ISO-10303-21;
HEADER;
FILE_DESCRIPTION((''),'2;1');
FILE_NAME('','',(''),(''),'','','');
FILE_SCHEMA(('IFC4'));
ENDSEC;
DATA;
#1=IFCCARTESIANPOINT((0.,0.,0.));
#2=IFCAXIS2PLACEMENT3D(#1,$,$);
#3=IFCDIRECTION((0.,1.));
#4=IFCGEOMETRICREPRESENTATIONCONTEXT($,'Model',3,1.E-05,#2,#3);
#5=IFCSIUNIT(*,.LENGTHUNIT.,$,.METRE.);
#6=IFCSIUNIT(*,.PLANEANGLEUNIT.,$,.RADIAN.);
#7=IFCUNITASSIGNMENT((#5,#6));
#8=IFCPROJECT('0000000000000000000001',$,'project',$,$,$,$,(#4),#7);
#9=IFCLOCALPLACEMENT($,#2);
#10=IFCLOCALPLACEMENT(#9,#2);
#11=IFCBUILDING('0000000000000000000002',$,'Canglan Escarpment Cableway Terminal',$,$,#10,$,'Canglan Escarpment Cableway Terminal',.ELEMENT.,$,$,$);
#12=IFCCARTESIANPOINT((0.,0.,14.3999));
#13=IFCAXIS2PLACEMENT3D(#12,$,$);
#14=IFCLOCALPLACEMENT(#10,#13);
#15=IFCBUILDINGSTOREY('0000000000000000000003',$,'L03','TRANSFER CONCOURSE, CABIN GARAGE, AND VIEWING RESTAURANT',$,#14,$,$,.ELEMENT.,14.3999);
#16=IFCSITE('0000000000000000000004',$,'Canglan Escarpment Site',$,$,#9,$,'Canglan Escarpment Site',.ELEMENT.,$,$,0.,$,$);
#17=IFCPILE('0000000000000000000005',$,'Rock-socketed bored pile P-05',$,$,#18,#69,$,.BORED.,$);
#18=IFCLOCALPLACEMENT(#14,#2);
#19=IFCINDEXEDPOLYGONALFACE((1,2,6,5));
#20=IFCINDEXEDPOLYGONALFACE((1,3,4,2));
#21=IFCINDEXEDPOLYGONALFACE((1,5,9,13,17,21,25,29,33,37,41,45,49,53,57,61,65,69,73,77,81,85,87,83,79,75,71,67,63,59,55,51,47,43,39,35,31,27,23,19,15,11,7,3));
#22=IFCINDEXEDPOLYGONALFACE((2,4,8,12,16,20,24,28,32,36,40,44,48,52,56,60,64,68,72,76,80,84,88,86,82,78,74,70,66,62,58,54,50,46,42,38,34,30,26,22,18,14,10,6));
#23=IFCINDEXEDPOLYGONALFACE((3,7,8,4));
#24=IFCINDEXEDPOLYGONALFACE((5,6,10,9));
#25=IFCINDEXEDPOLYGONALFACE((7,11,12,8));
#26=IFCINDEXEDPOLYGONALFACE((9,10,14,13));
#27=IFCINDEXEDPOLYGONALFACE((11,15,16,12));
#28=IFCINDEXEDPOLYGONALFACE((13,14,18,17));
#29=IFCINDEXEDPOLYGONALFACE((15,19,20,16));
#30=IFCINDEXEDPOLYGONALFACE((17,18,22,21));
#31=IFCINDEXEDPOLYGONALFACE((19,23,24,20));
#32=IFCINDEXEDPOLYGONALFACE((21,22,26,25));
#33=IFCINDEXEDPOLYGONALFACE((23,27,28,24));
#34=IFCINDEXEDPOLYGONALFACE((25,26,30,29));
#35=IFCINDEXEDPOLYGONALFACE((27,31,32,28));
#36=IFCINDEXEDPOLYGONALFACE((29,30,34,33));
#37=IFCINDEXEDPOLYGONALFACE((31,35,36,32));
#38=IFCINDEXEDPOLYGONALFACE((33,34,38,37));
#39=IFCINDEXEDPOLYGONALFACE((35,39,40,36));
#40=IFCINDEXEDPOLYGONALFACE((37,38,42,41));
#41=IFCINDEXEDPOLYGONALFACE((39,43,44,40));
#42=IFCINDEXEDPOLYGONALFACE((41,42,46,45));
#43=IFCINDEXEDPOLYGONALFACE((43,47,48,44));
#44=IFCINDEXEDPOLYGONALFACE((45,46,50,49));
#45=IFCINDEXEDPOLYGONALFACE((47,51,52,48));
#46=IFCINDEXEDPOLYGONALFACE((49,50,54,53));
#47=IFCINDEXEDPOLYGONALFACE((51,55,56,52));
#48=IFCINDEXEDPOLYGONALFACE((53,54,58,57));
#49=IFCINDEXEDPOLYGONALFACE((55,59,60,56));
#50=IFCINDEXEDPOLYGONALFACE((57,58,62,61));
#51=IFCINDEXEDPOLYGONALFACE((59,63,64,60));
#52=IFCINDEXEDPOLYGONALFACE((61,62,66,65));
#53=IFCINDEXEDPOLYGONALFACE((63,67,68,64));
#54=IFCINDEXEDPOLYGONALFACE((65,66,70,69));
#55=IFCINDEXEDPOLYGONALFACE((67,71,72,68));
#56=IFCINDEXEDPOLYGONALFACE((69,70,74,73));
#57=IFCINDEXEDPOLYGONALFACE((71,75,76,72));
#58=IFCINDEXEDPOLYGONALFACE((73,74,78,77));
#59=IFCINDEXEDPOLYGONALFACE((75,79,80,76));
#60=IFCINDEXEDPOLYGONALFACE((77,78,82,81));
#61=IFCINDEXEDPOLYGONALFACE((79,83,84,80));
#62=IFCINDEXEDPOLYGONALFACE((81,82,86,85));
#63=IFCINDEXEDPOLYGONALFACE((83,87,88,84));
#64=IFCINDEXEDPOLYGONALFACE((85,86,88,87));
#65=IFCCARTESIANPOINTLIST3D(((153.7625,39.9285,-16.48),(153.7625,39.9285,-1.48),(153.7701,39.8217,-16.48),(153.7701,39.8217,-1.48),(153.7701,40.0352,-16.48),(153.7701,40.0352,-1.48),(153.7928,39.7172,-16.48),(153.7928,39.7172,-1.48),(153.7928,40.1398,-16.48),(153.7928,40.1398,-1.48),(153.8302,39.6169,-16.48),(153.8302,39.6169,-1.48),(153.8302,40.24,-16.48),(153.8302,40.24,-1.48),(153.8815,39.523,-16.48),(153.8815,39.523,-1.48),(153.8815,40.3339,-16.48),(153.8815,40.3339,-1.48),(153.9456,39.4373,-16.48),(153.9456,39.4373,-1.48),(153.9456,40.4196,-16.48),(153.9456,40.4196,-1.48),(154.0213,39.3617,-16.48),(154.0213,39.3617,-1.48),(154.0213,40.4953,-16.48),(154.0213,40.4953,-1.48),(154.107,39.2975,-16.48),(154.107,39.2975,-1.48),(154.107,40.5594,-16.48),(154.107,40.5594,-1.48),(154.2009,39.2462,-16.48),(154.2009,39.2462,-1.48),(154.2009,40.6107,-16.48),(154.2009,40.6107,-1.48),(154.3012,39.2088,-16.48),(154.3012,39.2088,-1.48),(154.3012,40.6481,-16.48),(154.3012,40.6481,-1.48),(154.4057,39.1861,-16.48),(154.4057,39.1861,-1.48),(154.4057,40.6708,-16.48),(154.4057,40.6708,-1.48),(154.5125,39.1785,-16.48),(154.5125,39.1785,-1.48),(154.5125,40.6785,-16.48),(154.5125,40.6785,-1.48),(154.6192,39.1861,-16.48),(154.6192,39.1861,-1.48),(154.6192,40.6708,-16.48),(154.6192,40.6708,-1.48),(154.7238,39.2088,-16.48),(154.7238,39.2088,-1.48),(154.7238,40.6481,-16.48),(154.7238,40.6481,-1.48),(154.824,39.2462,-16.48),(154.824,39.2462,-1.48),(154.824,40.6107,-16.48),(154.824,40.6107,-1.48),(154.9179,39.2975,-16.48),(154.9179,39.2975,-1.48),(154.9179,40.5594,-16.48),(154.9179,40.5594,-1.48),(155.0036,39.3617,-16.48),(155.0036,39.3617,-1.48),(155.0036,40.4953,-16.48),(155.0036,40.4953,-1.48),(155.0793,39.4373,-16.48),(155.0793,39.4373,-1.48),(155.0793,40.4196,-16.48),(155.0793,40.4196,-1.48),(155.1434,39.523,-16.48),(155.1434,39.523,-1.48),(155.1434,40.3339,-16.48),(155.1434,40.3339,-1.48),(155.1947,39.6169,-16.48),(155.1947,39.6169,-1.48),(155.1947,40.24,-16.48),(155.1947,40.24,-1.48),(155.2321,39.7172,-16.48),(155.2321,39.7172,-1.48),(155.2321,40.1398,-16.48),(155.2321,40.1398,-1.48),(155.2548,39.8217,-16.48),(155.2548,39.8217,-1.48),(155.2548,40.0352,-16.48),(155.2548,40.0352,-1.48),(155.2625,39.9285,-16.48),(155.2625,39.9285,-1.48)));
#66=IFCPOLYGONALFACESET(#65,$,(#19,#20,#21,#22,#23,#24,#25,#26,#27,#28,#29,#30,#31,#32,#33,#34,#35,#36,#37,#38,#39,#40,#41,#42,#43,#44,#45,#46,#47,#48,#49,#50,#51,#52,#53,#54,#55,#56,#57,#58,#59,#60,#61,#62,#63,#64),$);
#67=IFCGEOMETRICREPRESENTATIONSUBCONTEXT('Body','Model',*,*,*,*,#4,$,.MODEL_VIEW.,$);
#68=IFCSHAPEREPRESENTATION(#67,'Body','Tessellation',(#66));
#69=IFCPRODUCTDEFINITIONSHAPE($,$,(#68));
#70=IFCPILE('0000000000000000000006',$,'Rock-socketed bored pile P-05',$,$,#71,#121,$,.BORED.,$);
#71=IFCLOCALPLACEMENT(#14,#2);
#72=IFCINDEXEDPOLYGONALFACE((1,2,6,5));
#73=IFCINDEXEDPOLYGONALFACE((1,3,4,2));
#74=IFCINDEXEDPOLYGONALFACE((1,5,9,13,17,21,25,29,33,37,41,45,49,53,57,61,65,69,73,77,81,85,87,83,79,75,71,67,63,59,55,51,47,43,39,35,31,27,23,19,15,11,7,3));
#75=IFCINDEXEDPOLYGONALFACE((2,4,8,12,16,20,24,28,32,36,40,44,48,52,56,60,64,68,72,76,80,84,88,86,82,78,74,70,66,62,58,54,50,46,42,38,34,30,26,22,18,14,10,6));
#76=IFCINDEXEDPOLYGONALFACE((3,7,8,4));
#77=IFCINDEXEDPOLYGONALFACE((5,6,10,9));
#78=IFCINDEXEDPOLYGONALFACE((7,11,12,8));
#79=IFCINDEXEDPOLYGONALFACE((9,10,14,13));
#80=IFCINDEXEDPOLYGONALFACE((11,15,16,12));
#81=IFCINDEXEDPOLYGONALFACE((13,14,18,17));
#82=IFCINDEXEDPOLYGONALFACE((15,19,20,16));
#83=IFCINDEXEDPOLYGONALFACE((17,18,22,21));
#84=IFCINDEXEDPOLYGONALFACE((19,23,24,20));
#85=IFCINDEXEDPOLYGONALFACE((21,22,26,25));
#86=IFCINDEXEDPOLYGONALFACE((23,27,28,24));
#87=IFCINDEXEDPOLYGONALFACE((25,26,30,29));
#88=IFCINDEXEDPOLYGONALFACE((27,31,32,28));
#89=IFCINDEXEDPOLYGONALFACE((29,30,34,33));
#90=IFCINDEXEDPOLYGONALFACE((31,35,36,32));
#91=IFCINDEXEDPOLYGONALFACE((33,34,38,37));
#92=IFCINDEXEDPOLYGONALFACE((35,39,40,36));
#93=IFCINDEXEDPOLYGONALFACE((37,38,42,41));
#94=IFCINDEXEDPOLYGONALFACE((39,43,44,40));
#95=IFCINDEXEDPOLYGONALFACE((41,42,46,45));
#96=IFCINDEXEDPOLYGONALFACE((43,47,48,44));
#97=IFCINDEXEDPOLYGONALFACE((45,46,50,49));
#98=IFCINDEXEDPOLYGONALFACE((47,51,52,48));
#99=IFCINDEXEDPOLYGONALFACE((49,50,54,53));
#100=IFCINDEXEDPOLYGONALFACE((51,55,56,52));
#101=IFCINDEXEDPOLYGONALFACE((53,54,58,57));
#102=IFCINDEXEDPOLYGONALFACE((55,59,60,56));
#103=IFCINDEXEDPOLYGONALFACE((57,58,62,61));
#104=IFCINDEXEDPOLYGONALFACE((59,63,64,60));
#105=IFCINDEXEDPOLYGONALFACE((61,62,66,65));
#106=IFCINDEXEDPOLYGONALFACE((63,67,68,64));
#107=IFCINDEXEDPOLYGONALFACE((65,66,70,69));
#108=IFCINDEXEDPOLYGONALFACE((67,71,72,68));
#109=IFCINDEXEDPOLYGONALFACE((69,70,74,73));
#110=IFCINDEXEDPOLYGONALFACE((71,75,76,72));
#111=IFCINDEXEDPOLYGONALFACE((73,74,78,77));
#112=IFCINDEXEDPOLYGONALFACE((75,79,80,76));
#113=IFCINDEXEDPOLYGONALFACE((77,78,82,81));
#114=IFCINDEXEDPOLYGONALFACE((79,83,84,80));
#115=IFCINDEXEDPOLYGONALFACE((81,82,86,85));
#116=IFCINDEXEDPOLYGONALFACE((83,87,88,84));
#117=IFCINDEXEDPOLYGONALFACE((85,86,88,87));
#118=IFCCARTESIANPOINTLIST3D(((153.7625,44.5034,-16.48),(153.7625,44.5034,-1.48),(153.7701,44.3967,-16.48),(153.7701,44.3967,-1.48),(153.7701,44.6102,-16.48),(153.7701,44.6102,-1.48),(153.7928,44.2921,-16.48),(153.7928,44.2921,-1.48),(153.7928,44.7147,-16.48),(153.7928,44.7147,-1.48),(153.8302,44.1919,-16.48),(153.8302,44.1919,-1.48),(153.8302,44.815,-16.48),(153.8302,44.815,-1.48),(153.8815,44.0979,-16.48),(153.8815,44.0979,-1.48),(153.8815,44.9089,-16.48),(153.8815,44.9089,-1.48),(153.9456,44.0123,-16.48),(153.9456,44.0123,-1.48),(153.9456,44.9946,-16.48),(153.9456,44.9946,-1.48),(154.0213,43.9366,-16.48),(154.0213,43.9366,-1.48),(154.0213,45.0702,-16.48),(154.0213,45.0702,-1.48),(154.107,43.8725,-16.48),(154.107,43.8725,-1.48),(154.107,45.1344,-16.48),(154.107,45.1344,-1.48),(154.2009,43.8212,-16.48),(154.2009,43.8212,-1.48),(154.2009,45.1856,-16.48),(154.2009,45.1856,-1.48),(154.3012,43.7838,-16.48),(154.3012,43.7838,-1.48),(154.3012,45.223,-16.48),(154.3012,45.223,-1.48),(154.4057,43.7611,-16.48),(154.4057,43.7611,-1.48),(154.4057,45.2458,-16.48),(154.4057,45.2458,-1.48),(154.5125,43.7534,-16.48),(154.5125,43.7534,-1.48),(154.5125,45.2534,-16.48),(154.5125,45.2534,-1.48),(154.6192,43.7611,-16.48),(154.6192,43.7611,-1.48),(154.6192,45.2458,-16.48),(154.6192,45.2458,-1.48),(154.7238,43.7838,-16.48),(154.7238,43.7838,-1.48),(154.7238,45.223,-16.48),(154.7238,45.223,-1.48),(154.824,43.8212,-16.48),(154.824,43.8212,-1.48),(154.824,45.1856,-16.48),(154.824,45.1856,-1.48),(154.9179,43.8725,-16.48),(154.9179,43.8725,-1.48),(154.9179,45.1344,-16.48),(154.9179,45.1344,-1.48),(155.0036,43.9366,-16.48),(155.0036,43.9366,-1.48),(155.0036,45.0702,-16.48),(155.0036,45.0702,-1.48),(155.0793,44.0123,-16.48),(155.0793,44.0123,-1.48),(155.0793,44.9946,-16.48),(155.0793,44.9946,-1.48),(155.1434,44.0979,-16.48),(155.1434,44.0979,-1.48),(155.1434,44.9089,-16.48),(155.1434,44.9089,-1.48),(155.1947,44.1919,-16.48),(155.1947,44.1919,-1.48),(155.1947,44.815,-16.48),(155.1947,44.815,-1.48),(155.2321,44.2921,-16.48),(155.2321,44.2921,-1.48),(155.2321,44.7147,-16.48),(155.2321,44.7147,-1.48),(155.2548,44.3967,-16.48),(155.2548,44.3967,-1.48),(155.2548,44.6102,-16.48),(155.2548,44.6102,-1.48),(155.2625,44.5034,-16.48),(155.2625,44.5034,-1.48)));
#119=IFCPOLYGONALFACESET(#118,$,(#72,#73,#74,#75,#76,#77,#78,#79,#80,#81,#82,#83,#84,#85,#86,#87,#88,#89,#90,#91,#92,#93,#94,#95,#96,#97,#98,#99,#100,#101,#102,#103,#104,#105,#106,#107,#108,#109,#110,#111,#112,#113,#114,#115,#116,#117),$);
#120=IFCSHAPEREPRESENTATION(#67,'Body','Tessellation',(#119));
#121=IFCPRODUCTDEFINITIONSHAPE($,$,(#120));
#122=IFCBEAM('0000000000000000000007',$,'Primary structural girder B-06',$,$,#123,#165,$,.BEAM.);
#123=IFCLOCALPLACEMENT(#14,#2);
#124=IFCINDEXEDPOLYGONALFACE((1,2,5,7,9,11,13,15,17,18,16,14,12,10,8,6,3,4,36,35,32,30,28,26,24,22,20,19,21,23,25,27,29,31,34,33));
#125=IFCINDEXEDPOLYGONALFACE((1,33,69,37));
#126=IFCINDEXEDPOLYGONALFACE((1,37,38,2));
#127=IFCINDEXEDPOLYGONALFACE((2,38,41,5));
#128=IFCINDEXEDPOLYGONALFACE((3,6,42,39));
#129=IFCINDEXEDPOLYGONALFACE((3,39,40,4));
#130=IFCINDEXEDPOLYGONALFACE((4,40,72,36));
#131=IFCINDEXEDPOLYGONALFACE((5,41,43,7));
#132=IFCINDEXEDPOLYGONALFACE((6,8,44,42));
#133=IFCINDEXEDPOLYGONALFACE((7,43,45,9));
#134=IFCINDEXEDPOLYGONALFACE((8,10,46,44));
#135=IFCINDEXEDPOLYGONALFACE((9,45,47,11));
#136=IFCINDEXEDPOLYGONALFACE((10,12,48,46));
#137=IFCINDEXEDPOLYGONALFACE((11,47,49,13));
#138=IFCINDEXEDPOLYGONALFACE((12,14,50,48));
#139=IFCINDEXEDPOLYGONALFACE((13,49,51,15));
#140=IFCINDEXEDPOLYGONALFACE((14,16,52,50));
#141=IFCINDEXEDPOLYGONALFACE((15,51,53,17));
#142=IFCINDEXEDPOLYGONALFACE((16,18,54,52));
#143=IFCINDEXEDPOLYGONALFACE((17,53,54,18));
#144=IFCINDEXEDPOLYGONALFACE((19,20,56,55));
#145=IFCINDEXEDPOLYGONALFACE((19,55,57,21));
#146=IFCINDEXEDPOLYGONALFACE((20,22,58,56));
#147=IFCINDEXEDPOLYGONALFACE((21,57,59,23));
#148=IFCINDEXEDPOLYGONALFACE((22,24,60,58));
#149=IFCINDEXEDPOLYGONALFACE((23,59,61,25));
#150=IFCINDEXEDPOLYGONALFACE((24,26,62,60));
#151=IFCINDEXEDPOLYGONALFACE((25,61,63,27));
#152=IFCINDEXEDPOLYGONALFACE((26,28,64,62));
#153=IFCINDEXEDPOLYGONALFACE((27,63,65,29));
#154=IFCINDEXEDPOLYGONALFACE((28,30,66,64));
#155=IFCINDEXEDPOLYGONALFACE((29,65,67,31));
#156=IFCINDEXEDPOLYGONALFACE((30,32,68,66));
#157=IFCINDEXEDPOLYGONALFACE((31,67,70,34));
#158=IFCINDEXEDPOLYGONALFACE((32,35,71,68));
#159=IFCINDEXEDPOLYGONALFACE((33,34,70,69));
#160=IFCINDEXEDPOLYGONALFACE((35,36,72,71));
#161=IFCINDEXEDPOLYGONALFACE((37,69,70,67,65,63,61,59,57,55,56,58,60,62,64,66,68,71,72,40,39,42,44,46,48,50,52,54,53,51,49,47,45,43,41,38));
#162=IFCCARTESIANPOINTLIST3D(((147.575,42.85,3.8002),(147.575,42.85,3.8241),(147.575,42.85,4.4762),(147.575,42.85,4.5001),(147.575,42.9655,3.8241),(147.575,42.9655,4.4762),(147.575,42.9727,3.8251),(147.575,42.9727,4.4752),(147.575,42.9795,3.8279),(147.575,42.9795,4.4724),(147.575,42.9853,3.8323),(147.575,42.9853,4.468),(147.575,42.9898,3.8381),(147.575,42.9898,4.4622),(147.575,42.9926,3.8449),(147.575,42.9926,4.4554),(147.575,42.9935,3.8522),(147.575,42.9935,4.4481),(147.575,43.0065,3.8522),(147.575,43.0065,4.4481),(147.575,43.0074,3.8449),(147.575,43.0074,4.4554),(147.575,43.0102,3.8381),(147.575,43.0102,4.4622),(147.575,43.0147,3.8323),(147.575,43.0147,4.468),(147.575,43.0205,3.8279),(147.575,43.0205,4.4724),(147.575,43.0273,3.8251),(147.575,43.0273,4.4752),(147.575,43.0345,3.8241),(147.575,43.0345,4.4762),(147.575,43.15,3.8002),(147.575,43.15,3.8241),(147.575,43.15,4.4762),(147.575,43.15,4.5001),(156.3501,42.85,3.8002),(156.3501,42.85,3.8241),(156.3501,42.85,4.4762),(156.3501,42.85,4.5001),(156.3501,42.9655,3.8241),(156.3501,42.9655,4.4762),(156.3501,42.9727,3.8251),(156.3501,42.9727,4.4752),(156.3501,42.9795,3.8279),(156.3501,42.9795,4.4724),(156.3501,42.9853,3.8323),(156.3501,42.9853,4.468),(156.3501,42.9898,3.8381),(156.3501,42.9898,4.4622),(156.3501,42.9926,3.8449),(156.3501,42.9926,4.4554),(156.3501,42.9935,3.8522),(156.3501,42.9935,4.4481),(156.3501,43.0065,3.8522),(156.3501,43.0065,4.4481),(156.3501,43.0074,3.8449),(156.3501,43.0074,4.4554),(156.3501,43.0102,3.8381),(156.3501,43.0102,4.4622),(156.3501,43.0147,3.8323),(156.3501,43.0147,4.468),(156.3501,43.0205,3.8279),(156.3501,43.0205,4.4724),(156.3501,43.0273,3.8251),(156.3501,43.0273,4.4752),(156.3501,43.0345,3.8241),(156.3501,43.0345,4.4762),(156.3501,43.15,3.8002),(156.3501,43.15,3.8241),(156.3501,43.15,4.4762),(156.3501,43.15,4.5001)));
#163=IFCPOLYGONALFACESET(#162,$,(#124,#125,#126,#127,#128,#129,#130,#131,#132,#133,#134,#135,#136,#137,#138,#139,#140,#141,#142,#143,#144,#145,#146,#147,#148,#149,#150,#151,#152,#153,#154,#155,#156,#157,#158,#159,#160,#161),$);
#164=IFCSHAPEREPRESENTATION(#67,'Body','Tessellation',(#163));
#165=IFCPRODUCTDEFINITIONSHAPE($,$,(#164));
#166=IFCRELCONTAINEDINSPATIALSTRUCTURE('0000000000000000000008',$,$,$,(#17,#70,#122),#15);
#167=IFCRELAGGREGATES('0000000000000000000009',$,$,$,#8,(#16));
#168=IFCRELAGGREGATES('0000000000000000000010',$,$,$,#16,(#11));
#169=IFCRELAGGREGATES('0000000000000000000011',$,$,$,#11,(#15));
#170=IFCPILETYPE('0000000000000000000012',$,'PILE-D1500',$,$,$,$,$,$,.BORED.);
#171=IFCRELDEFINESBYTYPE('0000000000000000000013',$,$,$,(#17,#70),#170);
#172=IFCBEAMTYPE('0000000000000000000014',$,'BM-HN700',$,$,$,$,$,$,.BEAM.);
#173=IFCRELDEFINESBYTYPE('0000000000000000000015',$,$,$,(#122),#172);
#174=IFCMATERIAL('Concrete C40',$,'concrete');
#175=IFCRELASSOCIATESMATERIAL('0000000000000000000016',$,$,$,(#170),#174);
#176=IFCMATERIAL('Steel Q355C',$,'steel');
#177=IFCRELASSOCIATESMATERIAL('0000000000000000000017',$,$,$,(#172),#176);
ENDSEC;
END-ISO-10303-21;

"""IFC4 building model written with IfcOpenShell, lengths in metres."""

from ifc_helpers import new_model, si_unit, direction, frame, origin, origin_2d, place, context, subcontext, project, spatial, circle, i_section, extrude, material, material_profile, profile_set, type_object, element, save


model = new_model("IFC4")

# Units and contexts
model_context = context("Model", 3, precision=1e-05, world=origin(), true_north=direction((0.0, 1.0)))
body_context = subcontext(model_context, "Body", "Model", "MODEL_VIEW")
ifc_project = project(units=[si_unit("LENGTHUNIT", "METRE"), si_unit("PLANEANGLEUNIT", "RADIAN")], contexts=[model_context])

# Site, building, storey
site_placement = place(None, origin())
site = spatial("IfcSite", under=ifc_project, at=site_placement, Name="Canglan Escarpment Site", LongName="Canglan Escarpment Site", CompositionType="ELEMENT", RefElevation=0.0)
building_placement = place(site_placement, origin())
building = spatial("IfcBuilding", under=site, at=building_placement, Name="Canglan Escarpment Cableway Terminal", LongName="Canglan Escarpment Cableway Terminal", CompositionType="ELEMENT")
storey_placement = place(building_placement, frame((0.0, 0.0, 14.3999)))
storey = spatial("IfcBuildingStorey", under=building, at=storey_placement, Name="L03", Description="TRANSFER CONCOURSE, CABIN GARAGE, AND VIEWING RESTAURANT", CompositionType="ELEMENT", Elevation=14.3999)

# Shared definitions
ifc_material_1 = material(Name="Concrete C40", Category="concrete")

# Piles
ifc_material_profile_1 = material_profile(ifc_material_1, circle(Radius=0.75, at=origin_2d()), Name="BORED PILE D1500")
ifc_profile_set_1 = profile_set([ifc_material_profile_1], Name="Concrete C40")
pile_type = type_object("IfcPileType", Name="PILE-D1500", PredefinedType="BORED", material=ifc_profile_set_1)
for number, where, z_axis, x_axis, name in (
    (1, (154.5125, 39.9285, -1.48), (0.0, 0.0, -1.0), (1.0, 0.0, 0.0), "Rock-socketed bored pile P-05"),
    (2, (154.5125, 44.5034, -1.48), (0.0, 0.0, -1.0), (1.0, 0.0, 0.0), "Rock-socketed bored pile P-05"),
):
    element("IfcPile", number, at=place(storey_placement, frame(where, z_axis=z_axis, x_axis=x_axis)), inside=storey, type_object=pile_type, Name=name, PredefinedType="BORED", context=body_context, shape_type="SweptSolid", body=[
        extrude(circle(Radius=0.75, at=origin_2d()), origin(), (0.0, 0.0, 1.0), 15.0),
    ])

# Beam
ifc_material_2 = material(Name="Steel Q355C", Category="steel")
ifc_material_profile_2 = material_profile(ifc_material_2, i_section(OverallWidth=0.3, OverallDepth=0.7, WebThickness=0.0129, FlangeThickness=0.0239, FilletRadius=0.0281, at=origin_2d()), Name="HN 700x300x13x24")
ifc_profile_set_2 = profile_set([ifc_material_profile_2], Name="Steel Q355C")
beam_type_1 = type_object("IfcBeamType", Name="BM-HN700", PredefinedType="BEAM", material=ifc_profile_set_2)
beam_placement = place(storey_placement, frame((147.575, 43.0, 4.1501), z_axis=(1.0, 0.0, 0.0), x_axis=(0.0, 1.0, 0.0)))
element("IfcBeam", 3, at=beam_placement, inside=storey, type_object=beam_type_1, Name="Primary structural girder B-06", PredefinedType="BEAM", context=body_context, shape_type="SweptSolid", body=[
    extrude(i_section(OverallWidth=0.3, OverallDepth=0.7, WebThickness=0.0129, FlangeThickness=0.0239, FilletRadius=0.0281, at=origin_2d()), origin(), (0.0, 0.0, 1.0), 8.7751),
])

save(model, "model.ifc")
